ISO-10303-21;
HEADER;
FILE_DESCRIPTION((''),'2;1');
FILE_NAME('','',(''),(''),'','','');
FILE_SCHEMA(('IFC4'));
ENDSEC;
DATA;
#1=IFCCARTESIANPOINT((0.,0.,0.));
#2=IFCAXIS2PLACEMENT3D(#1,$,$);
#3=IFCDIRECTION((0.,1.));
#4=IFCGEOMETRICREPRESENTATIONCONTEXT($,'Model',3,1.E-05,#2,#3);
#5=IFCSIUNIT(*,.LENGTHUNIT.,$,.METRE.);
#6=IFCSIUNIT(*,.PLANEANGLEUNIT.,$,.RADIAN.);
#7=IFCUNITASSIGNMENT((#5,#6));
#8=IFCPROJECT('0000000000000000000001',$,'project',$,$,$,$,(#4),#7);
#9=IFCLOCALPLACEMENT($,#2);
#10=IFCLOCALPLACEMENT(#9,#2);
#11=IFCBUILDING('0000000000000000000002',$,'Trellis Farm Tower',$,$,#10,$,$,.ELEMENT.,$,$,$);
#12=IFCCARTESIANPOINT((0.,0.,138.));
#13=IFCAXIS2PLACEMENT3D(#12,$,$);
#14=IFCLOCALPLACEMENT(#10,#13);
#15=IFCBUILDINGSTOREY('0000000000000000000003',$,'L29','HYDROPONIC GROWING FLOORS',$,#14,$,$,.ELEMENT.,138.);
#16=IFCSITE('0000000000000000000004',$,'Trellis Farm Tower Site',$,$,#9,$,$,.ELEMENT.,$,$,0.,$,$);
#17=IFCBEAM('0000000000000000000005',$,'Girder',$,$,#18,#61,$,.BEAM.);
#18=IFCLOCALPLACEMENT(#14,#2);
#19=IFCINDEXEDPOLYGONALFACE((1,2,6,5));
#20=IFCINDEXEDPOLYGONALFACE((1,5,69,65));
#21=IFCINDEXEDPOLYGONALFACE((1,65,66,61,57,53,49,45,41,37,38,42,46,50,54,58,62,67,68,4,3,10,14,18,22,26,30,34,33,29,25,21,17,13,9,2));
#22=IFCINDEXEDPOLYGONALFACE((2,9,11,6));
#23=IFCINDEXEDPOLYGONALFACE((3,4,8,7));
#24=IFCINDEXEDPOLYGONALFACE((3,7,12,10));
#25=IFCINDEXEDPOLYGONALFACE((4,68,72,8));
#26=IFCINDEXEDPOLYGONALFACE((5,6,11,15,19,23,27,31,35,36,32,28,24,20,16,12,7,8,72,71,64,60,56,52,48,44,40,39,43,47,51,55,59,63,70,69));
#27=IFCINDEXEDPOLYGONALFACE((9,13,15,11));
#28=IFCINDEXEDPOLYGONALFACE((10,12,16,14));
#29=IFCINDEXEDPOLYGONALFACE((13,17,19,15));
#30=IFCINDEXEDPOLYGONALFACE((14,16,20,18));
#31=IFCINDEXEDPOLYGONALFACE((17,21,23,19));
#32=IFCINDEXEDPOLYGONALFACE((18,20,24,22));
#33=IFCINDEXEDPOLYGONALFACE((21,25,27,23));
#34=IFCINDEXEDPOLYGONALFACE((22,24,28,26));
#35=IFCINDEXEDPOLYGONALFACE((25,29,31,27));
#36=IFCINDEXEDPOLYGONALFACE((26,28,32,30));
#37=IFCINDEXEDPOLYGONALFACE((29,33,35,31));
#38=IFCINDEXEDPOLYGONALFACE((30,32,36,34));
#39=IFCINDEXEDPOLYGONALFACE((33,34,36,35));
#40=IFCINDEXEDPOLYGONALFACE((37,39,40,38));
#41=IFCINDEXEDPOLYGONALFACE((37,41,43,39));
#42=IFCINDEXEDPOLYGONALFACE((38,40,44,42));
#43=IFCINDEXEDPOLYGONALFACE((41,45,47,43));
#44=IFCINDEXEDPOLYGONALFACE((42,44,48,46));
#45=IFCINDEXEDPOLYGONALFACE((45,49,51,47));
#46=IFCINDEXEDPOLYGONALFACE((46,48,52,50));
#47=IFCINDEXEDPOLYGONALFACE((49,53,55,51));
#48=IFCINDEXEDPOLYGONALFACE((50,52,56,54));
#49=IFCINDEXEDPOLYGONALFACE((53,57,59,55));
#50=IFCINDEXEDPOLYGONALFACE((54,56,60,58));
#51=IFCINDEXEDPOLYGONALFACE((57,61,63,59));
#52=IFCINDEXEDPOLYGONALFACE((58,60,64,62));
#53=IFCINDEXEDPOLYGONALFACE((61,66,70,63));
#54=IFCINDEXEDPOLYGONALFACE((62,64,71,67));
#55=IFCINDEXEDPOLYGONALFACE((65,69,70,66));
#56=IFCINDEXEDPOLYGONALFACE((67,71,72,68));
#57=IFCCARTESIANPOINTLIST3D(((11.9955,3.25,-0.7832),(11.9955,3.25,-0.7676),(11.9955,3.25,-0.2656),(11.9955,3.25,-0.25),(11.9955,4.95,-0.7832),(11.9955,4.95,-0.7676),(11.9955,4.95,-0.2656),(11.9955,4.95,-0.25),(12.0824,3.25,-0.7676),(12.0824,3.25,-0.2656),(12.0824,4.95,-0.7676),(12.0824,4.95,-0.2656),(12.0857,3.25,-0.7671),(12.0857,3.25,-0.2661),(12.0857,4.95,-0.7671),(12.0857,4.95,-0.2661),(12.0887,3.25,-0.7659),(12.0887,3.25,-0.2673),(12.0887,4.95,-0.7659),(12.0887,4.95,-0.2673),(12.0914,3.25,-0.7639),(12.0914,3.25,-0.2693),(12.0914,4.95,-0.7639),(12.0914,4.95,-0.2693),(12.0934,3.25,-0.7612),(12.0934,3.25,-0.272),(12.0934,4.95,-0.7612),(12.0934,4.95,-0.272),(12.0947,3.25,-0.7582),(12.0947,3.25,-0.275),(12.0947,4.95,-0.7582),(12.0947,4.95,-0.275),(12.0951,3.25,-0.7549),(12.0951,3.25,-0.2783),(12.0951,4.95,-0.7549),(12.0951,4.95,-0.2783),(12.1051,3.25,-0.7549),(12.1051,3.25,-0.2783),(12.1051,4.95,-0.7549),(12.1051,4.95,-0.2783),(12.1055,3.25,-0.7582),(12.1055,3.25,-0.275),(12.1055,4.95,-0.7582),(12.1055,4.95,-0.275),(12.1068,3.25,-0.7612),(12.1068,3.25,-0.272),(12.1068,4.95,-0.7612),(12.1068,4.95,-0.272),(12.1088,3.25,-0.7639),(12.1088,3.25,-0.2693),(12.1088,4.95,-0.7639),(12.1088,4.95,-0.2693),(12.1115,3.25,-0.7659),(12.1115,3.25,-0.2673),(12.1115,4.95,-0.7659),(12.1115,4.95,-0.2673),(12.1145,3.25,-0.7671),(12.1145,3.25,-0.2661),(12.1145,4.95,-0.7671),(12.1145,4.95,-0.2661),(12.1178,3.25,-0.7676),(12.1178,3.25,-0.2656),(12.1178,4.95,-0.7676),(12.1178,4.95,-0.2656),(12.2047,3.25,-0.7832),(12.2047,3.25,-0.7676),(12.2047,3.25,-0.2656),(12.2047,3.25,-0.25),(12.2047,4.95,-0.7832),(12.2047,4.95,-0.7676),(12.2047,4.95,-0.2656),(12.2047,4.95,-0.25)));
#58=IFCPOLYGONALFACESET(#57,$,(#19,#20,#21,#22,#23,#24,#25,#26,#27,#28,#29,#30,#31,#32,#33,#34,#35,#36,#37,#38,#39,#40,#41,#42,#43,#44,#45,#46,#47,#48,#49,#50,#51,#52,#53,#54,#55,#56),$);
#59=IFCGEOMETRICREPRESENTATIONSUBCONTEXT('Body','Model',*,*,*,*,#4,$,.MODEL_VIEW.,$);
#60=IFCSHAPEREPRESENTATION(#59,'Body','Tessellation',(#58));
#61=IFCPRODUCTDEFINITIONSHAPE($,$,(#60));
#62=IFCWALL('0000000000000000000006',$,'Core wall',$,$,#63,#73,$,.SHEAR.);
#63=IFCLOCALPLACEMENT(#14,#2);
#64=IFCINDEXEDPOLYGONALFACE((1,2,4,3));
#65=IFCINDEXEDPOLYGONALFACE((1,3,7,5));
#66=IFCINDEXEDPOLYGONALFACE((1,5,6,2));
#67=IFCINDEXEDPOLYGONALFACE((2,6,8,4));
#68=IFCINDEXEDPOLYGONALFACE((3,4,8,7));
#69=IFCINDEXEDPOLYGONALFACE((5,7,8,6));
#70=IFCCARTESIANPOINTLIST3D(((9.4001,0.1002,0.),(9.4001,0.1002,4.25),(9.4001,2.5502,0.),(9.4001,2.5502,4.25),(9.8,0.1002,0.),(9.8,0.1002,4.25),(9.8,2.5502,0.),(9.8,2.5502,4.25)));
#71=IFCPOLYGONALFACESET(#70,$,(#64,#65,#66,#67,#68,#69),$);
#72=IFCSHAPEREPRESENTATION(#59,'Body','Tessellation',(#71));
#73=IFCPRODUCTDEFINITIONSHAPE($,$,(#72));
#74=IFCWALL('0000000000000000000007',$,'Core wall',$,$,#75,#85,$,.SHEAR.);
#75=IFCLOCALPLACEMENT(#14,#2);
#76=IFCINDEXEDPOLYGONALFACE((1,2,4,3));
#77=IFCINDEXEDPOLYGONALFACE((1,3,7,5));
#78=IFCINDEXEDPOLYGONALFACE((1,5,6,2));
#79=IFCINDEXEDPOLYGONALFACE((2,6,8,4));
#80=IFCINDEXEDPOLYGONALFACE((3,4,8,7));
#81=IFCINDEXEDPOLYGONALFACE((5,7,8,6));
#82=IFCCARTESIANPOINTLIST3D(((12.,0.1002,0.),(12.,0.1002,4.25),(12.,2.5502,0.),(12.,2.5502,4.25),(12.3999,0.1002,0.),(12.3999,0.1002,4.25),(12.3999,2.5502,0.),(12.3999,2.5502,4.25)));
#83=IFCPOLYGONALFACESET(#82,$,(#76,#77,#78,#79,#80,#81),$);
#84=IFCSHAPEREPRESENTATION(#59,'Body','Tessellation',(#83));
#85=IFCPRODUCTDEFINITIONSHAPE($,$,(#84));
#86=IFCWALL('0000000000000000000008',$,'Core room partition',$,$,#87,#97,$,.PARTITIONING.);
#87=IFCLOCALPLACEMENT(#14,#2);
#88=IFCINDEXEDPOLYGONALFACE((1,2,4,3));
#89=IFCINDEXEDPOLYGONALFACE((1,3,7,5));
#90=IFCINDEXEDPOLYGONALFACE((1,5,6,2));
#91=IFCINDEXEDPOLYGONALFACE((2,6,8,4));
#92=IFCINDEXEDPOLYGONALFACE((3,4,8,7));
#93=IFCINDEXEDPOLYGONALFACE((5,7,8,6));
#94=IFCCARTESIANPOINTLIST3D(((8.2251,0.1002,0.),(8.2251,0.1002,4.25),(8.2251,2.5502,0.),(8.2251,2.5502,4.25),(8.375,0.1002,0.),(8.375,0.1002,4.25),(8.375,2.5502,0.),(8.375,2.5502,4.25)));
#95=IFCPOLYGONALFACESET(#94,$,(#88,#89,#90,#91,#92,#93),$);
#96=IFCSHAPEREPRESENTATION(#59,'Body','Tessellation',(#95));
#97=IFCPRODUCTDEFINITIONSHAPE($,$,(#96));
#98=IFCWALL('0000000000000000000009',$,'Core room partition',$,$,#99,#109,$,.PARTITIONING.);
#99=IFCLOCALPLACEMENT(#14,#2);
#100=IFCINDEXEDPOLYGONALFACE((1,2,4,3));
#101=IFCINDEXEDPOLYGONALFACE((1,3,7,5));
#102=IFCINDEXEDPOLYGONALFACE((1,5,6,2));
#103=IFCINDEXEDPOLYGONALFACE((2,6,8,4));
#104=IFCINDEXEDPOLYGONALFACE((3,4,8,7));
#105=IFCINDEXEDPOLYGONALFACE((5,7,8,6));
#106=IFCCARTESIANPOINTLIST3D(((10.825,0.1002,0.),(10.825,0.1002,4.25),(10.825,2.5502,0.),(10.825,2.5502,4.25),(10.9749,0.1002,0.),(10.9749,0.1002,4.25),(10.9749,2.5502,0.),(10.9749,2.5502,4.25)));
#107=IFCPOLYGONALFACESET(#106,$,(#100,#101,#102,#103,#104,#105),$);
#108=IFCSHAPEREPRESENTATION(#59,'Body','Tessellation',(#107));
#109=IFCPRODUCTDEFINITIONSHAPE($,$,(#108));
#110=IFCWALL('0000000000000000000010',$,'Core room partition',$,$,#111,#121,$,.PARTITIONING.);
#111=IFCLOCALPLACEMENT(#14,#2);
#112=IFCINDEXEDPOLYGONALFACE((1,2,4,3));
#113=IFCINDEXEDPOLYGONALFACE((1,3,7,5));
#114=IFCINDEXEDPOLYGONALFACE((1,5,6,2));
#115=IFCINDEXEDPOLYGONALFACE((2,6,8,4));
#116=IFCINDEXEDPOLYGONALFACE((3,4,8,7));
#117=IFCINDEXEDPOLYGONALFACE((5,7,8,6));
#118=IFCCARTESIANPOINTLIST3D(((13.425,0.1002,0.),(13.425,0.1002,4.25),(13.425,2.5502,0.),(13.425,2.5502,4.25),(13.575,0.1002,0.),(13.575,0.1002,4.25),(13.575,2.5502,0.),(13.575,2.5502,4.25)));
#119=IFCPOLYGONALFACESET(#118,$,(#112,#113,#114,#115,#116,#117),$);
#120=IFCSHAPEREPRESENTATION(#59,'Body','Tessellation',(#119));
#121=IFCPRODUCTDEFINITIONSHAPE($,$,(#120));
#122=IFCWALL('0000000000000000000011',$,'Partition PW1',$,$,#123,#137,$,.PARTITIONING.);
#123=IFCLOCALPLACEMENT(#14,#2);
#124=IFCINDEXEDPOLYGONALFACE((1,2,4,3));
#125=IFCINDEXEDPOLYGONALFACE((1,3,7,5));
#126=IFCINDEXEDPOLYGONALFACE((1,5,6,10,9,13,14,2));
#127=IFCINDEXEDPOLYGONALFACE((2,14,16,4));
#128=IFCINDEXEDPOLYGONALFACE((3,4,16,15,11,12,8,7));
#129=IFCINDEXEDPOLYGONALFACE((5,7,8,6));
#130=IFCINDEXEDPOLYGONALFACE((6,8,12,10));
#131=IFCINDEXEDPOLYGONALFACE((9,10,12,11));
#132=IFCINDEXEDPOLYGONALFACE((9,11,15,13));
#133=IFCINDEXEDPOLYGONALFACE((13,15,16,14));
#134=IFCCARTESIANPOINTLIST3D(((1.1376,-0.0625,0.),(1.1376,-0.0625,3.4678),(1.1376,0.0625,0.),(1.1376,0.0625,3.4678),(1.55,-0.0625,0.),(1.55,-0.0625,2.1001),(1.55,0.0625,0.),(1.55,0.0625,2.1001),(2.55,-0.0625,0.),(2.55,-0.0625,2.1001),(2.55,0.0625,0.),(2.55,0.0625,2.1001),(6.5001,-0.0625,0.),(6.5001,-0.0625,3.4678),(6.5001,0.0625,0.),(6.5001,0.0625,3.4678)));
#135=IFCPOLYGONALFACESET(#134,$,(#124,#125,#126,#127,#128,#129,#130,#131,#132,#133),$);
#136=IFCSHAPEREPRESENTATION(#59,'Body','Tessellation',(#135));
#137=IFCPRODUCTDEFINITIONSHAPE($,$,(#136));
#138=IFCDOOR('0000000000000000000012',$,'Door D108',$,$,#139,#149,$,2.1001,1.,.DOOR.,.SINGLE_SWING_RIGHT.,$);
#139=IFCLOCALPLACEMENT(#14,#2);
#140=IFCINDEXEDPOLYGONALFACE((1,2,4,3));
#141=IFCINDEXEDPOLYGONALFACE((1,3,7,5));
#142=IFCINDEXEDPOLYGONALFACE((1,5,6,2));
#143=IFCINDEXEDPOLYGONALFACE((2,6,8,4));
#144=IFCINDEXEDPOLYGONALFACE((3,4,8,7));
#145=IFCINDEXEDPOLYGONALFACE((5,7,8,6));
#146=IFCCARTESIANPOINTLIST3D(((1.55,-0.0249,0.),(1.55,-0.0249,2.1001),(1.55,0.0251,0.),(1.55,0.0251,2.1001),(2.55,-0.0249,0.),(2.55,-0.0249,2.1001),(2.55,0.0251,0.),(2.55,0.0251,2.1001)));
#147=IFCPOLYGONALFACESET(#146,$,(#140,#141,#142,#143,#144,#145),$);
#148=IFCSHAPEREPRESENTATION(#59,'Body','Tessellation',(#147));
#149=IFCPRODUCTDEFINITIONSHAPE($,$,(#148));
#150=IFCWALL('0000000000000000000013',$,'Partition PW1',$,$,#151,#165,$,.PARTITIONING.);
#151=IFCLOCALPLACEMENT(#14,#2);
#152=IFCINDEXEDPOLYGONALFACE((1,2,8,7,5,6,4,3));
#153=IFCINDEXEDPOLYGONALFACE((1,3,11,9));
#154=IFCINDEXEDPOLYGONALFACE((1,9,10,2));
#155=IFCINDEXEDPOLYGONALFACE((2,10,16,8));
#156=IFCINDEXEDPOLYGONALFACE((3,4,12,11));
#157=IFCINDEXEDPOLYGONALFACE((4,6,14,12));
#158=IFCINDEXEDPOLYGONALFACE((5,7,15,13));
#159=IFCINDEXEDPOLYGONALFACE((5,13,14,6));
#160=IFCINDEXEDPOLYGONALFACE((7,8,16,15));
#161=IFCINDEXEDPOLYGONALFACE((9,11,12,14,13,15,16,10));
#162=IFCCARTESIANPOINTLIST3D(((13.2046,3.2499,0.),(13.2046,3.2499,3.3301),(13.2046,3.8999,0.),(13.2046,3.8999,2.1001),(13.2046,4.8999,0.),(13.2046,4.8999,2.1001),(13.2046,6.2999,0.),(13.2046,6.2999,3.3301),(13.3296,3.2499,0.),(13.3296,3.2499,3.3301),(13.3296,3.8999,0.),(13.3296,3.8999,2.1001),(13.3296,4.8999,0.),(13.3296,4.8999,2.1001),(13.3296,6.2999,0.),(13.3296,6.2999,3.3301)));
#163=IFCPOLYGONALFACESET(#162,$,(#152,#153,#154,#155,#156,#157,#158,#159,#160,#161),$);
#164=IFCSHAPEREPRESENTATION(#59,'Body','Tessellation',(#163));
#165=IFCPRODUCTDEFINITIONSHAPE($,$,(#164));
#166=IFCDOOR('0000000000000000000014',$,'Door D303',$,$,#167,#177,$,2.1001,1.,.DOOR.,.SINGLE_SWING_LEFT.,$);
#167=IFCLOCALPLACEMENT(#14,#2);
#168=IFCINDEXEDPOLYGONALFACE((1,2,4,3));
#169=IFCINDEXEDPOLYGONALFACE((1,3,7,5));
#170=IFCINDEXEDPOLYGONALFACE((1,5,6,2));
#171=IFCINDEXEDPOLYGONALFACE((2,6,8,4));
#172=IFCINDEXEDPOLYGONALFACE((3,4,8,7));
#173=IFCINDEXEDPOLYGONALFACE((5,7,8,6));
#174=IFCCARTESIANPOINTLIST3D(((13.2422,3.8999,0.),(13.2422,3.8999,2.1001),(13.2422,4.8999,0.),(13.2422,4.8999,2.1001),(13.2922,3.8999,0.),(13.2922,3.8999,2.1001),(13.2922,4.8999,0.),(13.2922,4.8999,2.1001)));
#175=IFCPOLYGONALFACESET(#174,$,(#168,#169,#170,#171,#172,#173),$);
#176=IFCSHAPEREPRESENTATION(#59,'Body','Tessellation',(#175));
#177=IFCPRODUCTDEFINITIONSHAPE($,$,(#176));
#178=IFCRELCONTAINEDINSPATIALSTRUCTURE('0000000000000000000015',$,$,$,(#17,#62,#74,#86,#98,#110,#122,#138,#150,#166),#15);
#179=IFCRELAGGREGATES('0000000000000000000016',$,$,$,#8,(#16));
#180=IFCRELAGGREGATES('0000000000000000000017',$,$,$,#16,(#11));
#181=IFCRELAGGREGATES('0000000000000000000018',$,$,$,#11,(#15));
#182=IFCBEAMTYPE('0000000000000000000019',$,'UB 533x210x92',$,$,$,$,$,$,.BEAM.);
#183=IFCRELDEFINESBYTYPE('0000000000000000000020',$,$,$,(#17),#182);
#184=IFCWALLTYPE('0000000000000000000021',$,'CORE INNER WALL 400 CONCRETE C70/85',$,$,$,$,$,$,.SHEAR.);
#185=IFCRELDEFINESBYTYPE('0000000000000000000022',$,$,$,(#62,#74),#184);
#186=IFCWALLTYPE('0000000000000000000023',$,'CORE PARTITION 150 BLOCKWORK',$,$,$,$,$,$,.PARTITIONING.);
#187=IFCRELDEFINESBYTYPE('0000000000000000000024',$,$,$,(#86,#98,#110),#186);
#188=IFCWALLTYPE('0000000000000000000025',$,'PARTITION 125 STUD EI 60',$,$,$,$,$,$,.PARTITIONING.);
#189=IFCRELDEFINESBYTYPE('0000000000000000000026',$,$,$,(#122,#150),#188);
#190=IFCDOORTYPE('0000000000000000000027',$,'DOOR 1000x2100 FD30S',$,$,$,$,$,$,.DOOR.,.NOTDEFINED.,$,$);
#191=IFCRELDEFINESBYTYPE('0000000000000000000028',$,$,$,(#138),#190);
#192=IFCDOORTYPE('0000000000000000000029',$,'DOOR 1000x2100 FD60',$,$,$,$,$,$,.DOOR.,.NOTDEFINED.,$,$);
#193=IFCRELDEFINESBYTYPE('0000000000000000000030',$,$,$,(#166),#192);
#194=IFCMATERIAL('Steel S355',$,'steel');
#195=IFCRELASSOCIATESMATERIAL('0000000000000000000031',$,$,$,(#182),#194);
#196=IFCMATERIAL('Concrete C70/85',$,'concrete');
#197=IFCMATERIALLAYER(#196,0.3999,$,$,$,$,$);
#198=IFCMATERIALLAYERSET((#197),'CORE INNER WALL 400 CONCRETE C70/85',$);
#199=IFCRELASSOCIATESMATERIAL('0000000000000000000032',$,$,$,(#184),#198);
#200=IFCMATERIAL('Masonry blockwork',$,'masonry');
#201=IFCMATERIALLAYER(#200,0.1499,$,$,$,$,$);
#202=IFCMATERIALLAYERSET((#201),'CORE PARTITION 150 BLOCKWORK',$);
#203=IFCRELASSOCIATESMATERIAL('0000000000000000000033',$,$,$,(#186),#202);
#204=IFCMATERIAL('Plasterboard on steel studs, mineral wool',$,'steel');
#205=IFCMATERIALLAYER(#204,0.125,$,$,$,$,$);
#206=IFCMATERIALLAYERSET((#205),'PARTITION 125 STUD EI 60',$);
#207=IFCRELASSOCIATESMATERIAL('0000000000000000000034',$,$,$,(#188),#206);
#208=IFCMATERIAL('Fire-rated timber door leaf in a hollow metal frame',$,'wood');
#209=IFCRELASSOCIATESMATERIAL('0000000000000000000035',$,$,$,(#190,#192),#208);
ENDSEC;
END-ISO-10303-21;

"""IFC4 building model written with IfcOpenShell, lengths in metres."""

from ifc_helpers import new_model, si_unit, direction, frame, frame_2d, origin, origin_2d, place, context, subcontext, project, spatial, rectangle, i_section, extrude, source, transform, mapped, material, layer, layer_set, material_profile, profile_set, type_object, element, fill, save


model = new_model("IFC4")

# Units and contexts
model_context = context("Model", 3, precision=1e-05, world=origin(), true_north=direction((0.0, 1.0)))
body_context = subcontext(model_context, "Body", "Model", "MODEL_VIEW")
ifc_project = project(units=[si_unit("LENGTHUNIT", "METRE"), si_unit("PLANEANGLEUNIT", "RADIAN")], contexts=[model_context])

# Site, building, storey
site_placement = place(None, origin())
site = spatial("IfcSite", under=ifc_project, at=site_placement, Name="Trellis Farm Tower Site", CompositionType="ELEMENT", RefElevation=0.0)
building_placement = place(site_placement, origin())
building = spatial("IfcBuilding", under=site, at=building_placement, Name="Trellis Farm Tower", CompositionType="ELEMENT")
storey_placement = place(building_placement, frame((0.0, 0.0, 138.0)))
storey = spatial("IfcBuildingStorey", under=building, at=storey_placement, Name="L29", Description="HYDROPONIC GROWING FLOORS", CompositionType="ELEMENT", Elevation=138.0)

# Beam
ifc_material_1 = material(Name="Steel S355", Category="steel")
ifc_material_profile = material_profile(ifc_material_1, i_section(OverallWidth=0.2092, OverallDepth=0.5332, WebThickness=0.01, FlangeThickness=0.0156, FilletRadius=0.0127, at=origin_2d()), Name="UB 533x210x92")
ifc_profile_set = profile_set([ifc_material_profile], Name="Steel S355")
beam_type = type_object("IfcBeamType", Name="UB 533x210x92", PredefinedType="BEAM", material=ifc_profile_set)
shared_shape_1 = source(origin(), body_context, "Body", "SweptSolid", [
    extrude(i_section(OverallWidth=0.2092, OverallDepth=0.5332, WebThickness=0.01, FlangeThickness=0.0156, FilletRadius=0.0127, at=origin_2d()), origin(), (0.0, 0.0, 1.0), 1.7),
])
beam_placement = place(storey_placement, frame((12.1001, 3.25, -0.5166), z_axis=(0.0, 1.0, 0.0), x_axis=(-1.0, 0.0, 0.0)))
element("IfcBeam", 1, at=beam_placement, inside=storey, type_object=beam_type, Name="Girder", PredefinedType="BEAM", context=body_context, shape_type="MappedRepresentation", body=[
    mapped(shared_shape_1, transform((0.0, 0.0, 0.0))),
])

# Walls
ifc_material_2 = material(Name="Concrete C70/85", Category="concrete")
ifc_layer_1 = layer(ifc_material_2, 0.3999)
ifc_layer_set_1 = layer_set([ifc_layer_1], Name="CORE INNER WALL 400 CONCRETE C70/85")
wall_type_1 = type_object("IfcWallType", Name="CORE INNER WALL 400 CONCRETE C70/85", PredefinedType="SHEAR", material=ifc_layer_set_1)
shared_shape_2 = source(origin(), body_context, "Body", "SweptSolid", [
    extrude(rectangle(XDim=2.45, YDim=0.3999, at=frame_2d((1.2251, 0.0))), origin(), (0.0, 0.0, 1.0), 4.25),
])
for number, where, z_axis, x_axis, name in (
    (2, (9.6001, 0.1001, 0.0), (0.0, 0.0, 1.0), (0.0, 1.0, 0.0), "Core wall"),
    (3, (12.2, 0.1001, 0.0), (0.0, 0.0, 1.0), (0.0, 1.0, 0.0), "Core wall"),
):
    element("IfcWall", number, at=place(storey_placement, frame(where, z_axis=z_axis, x_axis=x_axis)), inside=storey, type_object=wall_type_1, Name=name, PredefinedType="SHEAR", context=body_context, shape_type="MappedRepresentation", body=[
        mapped(shared_shape_2, transform((0.0, 0.0, 0.0))),
    ])

# Walls
ifc_material_3 = material(Name="Masonry blockwork", Category="masonry")
ifc_layer_2 = layer(ifc_material_3, 0.1499)
ifc_layer_set_2 = layer_set([ifc_layer_2], Name="CORE PARTITION 150 BLOCKWORK")
wall_type_2 = type_object("IfcWallType", Name="CORE PARTITION 150 BLOCKWORK", PredefinedType="PARTITIONING", material=ifc_layer_set_2)
shared_shape_3 = source(origin(), body_context, "Body", "SweptSolid", [
    extrude(rectangle(XDim=2.45, YDim=0.1499, at=frame_2d((1.2251, 0.0))), origin(), (0.0, 0.0, 1.0), 4.25),
])
for number, where, z_axis, x_axis, name in (
    (4, (8.3, 0.1001, 0.0), (0.0, 0.0, 1.0), (0.0, 1.0, 0.0), "Core room partition"),
    (5, (10.8999, 0.1001, 0.0), (0.0, 0.0, 1.0), (0.0, 1.0, 0.0), "Core room partition"),
    (6, (13.5, 0.1001, 0.0), (0.0, 0.0, 1.0), (0.0, 1.0, 0.0), "Core room partition"),
):
    element("IfcWall", number, at=place(storey_placement, frame(where, z_axis=z_axis, x_axis=x_axis)), inside=storey, type_object=wall_type_2, Name=name, PredefinedType="PARTITIONING", context=body_context, shape_type="MappedRepresentation", body=[
        mapped(shared_shape_3, transform((0.0, 0.0, 0.0))),
    ])

# Walls, openings, doors
ifc_material_4 = material(Name="Plasterboard on steel studs, mineral wool", Category="steel")
ifc_layer_3 = layer(ifc_material_4, 0.125)
ifc_layer_set_3 = layer_set([ifc_layer_3], Name="PARTITION 125 STUD EI 60")
wall_type_3 = type_object("IfcWallType", Name="PARTITION 125 STUD EI 60", PredefinedType="PARTITIONING", material=ifc_layer_set_3)
shared_shape_4 = source(origin(), body_context, "Body", "SweptSolid", [
    extrude(rectangle(XDim=5.3625, YDim=0.125, at=frame_2d((2.6812, 0.0))), origin(), (0.0, 0.0, 1.0), 3.4678),
])
wall_1_placement = place(storey_placement, frame((6.5, 0.0, 0.0), z_axis=(0.0, 0.0, 1.0), x_axis=(-1.0, 0.0, 0.0)))
wall_1 = element("IfcWall", 7, at=wall_1_placement, inside=storey, type_object=wall_type_3, Name="Partition PW1", PredefinedType="PARTITIONING", context=body_context, shape_type="MappedRepresentation", body=[
    mapped(shared_shape_4, transform((0.0, 0.0, 0.0))),
])
shared_shape_5 = source(origin(), body_context, "Body", "SweptSolid", [
    extrude(rectangle(XDim=1.0, YDim=2.1001, at=frame_2d((0.5, 1.05))), frame((0.0, 0.0725, 0.0), z_axis=(0.0, -1.0, 0.0), x_axis=(1.0, 0.0, 0.0)), (0.0, 0.0, 1.0), 0.145),
])
opening_1_placement = place(wall_1_placement, frame((3.95, 0.0, 0.0)))
opening_1 = element("IfcOpeningElement", 8, at=opening_1_placement, cuts=wall_1, PredefinedType="OPENING", context=body_context, shape_type="MappedRepresentation", body=[
    mapped(shared_shape_5, transform((0.0, 0.0, 0.0))),
])
ifc_material_5 = material(Name="Fire-rated timber door leaf in a hollow metal frame", Category="wood")
door_type_1 = type_object("IfcDoorType", Name="DOOR 1000x2100 FD30S", OperationType="NOTDEFINED", PredefinedType="DOOR", material=ifc_material_5)
shared_shape_6 = source(origin(), body_context, "Body", "SweptSolid", [
    extrude(rectangle(XDim=1.0, YDim=2.1001, at=frame_2d((0.5, 1.05))), frame((0.0, 0.0249, 0.0), z_axis=(0.0, -1.0, 0.0), x_axis=(1.0, 0.0, 0.0)), (0.0, 0.0, 1.0), 0.05),
])
door_1_placement = place(opening_1_placement, origin())
door_1 = element("IfcDoor", 9, at=door_1_placement, inside=storey, type_object=door_type_1, Name="Door D108", OperationType="SINGLE_SWING_RIGHT", OverallHeight=2.1001, OverallWidth=1.0, PredefinedType="DOOR", context=body_context, shape_type="MappedRepresentation", body=[
    mapped(shared_shape_6, transform((0.0, 0.0, 0.0))),
])
fill(opening_1, door_1)
shared_shape_7 = source(origin(), body_context, "Body", "SweptSolid", [
    extrude(rectangle(XDim=3.05, YDim=0.125, at=frame_2d((1.5249, 0.0))), origin(), (0.0, 0.0, 1.0), 3.3301),
])
wall_2_placement = place(storey_placement, frame((13.2671, 3.25, 0.0), z_axis=(0.0, 0.0, 1.0), x_axis=(0.0, 1.0, 0.0)))
wall_2 = element("IfcWall", 10, at=wall_2_placement, inside=storey, type_object=wall_type_3, Name="Partition PW1", PredefinedType="PARTITIONING", context=body_context, shape_type="MappedRepresentation", body=[
    mapped(shared_shape_7, transform((0.0, 0.0, 0.0))),
])
opening_2_placement = place(wall_2_placement, frame((0.6499, 0.0, 0.0)))
opening_2 = element("IfcOpeningElement", 11, at=opening_2_placement, cuts=wall_2, PredefinedType="OPENING", context=body_context, shape_type="MappedRepresentation", body=[
    mapped(shared_shape_5, transform((0.0, 0.0, 0.0))),
])
door_type_2 = type_object("IfcDoorType", Name="DOOR 1000x2100 FD60", OperationType="NOTDEFINED", PredefinedType="DOOR", material=ifc_material_5)
door_2_placement = place(opening_2_placement, origin())
door_2 = element("IfcDoor", 12, at=door_2_placement, inside=storey, type_object=door_type_2, Name="Door D303", OperationType="SINGLE_SWING_LEFT", OverallHeight=2.1001, OverallWidth=1.0, PredefinedType="DOOR", context=body_context, shape_type="MappedRepresentation", body=[
    mapped(shared_shape_6, transform((0.0, 0.0, 0.0))),
])
fill(opening_2, door_2)

save(model, "model.ifc")
